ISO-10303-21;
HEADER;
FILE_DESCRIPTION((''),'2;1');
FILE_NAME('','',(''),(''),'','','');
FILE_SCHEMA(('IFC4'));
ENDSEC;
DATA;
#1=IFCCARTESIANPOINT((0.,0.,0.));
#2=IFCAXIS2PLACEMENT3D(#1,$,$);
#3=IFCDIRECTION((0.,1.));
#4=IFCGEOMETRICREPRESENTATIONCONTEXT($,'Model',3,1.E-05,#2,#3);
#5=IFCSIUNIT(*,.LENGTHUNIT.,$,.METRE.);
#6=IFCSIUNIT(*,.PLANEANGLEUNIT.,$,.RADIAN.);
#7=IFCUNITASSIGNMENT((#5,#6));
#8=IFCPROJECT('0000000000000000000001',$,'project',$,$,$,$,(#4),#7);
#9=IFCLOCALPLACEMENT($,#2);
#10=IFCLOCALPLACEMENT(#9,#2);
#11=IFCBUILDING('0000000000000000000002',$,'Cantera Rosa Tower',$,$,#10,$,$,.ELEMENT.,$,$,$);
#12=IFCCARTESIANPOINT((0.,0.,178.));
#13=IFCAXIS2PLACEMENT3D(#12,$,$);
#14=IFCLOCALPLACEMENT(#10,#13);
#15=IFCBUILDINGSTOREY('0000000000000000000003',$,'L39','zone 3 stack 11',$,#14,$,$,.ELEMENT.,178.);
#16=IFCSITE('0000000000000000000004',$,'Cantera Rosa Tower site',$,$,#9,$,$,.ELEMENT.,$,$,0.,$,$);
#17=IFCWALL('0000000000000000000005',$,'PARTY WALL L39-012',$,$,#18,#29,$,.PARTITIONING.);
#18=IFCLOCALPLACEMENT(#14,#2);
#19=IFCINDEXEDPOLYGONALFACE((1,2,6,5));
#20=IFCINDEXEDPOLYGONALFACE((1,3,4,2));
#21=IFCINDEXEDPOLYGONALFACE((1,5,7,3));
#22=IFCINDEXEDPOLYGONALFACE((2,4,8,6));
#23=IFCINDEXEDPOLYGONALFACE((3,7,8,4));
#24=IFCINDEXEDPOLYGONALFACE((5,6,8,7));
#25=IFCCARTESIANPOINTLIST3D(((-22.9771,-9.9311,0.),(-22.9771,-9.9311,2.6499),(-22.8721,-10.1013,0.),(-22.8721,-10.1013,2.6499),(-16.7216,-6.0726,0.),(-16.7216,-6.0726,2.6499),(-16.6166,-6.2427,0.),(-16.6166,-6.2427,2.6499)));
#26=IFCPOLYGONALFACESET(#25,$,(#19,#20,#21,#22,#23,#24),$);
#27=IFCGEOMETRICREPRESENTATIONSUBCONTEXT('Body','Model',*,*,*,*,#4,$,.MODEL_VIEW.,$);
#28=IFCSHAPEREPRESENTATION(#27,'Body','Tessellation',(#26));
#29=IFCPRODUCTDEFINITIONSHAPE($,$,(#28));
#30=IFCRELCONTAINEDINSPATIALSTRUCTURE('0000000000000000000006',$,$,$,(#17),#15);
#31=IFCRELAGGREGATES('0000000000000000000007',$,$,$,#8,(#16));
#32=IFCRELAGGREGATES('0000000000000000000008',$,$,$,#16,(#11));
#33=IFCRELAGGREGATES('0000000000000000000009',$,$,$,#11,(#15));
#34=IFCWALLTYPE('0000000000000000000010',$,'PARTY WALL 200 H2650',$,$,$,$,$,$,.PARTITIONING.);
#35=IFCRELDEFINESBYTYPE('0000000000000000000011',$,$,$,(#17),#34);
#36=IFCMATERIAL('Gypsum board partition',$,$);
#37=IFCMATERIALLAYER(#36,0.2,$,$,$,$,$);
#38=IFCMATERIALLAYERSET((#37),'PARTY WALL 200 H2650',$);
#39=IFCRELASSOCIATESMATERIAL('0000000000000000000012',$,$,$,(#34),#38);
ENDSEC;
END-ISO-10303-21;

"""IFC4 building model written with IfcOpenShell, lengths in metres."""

from ifc_helpers import new_model, si_unit, direction, frame, frame_2d, origin, place, context, subcontext, project, spatial, rectangle, extrude, material, layer, layer_set, type_object, element, save


model = new_model("IFC4")

# Units and contexts
model_context = context("Model", 3, precision=1e-05, world=origin(), true_north=direction((0.0, 1.0)))
body_context = subcontext(model_context, "Body", "Model", "MODEL_VIEW")
ifc_project = project(units=[si_unit("LENGTHUNIT", "METRE"), si_unit("PLANEANGLEUNIT", "RADIAN")], contexts=[model_context])

# Site, building, storey
site_placement = place(None, origin())
site = spatial("IfcSite", under=ifc_project, at=site_placement, Name="Cantera Rosa Tower site", CompositionType="ELEMENT", RefElevation=0.0)
building_placement = place(site_placement, origin())
building = spatial("IfcBuilding", under=site, at=building_placement, Name="Cantera Rosa Tower", CompositionType="ELEMENT")
storey_placement = place(building_placement, frame((0.0, 0.0, 178.0)))
storey = spatial("IfcBuildingStorey", under=building, at=storey_placement, Name="L39", Description="zone 3 stack 11", CompositionType="ELEMENT", Elevation=178.0)

# Wall
ifc_material_1 = material(Name="Gypsum board partition")
ifc_layer_1 = layer(ifc_material_1, 0.2)
ifc_layer_set_1 = layer_set([ifc_layer_1], Name="PARTY WALL 200 H2650")
wall_type_1 = type_object("IfcWallType", Name="PARTY WALL 200 H2650", PredefinedType="PARTITIONING", material=ifc_layer_set_1)
wall_1_placement = place(storey_placement, frame((-16.6692, -6.1577, 0.0), z_axis=(0.0, 0.0, 1.0), x_axis=(-0.851109, -0.524989, 0.0)))
element("IfcWall", 1, at=wall_1_placement, inside=storey, type_object=wall_type_1, Name="PARTY WALL L39-012", PredefinedType="PARTITIONING", context=body_context, shape_type="SweptSolid", body=[
    extrude(rectangle(XDim=7.3499, YDim=0.2, at=frame_2d((3.6748, 0.0))), origin(), (0.0, 0.0, 1.0), 2.6499),
])

save(model, "model.ifc")
